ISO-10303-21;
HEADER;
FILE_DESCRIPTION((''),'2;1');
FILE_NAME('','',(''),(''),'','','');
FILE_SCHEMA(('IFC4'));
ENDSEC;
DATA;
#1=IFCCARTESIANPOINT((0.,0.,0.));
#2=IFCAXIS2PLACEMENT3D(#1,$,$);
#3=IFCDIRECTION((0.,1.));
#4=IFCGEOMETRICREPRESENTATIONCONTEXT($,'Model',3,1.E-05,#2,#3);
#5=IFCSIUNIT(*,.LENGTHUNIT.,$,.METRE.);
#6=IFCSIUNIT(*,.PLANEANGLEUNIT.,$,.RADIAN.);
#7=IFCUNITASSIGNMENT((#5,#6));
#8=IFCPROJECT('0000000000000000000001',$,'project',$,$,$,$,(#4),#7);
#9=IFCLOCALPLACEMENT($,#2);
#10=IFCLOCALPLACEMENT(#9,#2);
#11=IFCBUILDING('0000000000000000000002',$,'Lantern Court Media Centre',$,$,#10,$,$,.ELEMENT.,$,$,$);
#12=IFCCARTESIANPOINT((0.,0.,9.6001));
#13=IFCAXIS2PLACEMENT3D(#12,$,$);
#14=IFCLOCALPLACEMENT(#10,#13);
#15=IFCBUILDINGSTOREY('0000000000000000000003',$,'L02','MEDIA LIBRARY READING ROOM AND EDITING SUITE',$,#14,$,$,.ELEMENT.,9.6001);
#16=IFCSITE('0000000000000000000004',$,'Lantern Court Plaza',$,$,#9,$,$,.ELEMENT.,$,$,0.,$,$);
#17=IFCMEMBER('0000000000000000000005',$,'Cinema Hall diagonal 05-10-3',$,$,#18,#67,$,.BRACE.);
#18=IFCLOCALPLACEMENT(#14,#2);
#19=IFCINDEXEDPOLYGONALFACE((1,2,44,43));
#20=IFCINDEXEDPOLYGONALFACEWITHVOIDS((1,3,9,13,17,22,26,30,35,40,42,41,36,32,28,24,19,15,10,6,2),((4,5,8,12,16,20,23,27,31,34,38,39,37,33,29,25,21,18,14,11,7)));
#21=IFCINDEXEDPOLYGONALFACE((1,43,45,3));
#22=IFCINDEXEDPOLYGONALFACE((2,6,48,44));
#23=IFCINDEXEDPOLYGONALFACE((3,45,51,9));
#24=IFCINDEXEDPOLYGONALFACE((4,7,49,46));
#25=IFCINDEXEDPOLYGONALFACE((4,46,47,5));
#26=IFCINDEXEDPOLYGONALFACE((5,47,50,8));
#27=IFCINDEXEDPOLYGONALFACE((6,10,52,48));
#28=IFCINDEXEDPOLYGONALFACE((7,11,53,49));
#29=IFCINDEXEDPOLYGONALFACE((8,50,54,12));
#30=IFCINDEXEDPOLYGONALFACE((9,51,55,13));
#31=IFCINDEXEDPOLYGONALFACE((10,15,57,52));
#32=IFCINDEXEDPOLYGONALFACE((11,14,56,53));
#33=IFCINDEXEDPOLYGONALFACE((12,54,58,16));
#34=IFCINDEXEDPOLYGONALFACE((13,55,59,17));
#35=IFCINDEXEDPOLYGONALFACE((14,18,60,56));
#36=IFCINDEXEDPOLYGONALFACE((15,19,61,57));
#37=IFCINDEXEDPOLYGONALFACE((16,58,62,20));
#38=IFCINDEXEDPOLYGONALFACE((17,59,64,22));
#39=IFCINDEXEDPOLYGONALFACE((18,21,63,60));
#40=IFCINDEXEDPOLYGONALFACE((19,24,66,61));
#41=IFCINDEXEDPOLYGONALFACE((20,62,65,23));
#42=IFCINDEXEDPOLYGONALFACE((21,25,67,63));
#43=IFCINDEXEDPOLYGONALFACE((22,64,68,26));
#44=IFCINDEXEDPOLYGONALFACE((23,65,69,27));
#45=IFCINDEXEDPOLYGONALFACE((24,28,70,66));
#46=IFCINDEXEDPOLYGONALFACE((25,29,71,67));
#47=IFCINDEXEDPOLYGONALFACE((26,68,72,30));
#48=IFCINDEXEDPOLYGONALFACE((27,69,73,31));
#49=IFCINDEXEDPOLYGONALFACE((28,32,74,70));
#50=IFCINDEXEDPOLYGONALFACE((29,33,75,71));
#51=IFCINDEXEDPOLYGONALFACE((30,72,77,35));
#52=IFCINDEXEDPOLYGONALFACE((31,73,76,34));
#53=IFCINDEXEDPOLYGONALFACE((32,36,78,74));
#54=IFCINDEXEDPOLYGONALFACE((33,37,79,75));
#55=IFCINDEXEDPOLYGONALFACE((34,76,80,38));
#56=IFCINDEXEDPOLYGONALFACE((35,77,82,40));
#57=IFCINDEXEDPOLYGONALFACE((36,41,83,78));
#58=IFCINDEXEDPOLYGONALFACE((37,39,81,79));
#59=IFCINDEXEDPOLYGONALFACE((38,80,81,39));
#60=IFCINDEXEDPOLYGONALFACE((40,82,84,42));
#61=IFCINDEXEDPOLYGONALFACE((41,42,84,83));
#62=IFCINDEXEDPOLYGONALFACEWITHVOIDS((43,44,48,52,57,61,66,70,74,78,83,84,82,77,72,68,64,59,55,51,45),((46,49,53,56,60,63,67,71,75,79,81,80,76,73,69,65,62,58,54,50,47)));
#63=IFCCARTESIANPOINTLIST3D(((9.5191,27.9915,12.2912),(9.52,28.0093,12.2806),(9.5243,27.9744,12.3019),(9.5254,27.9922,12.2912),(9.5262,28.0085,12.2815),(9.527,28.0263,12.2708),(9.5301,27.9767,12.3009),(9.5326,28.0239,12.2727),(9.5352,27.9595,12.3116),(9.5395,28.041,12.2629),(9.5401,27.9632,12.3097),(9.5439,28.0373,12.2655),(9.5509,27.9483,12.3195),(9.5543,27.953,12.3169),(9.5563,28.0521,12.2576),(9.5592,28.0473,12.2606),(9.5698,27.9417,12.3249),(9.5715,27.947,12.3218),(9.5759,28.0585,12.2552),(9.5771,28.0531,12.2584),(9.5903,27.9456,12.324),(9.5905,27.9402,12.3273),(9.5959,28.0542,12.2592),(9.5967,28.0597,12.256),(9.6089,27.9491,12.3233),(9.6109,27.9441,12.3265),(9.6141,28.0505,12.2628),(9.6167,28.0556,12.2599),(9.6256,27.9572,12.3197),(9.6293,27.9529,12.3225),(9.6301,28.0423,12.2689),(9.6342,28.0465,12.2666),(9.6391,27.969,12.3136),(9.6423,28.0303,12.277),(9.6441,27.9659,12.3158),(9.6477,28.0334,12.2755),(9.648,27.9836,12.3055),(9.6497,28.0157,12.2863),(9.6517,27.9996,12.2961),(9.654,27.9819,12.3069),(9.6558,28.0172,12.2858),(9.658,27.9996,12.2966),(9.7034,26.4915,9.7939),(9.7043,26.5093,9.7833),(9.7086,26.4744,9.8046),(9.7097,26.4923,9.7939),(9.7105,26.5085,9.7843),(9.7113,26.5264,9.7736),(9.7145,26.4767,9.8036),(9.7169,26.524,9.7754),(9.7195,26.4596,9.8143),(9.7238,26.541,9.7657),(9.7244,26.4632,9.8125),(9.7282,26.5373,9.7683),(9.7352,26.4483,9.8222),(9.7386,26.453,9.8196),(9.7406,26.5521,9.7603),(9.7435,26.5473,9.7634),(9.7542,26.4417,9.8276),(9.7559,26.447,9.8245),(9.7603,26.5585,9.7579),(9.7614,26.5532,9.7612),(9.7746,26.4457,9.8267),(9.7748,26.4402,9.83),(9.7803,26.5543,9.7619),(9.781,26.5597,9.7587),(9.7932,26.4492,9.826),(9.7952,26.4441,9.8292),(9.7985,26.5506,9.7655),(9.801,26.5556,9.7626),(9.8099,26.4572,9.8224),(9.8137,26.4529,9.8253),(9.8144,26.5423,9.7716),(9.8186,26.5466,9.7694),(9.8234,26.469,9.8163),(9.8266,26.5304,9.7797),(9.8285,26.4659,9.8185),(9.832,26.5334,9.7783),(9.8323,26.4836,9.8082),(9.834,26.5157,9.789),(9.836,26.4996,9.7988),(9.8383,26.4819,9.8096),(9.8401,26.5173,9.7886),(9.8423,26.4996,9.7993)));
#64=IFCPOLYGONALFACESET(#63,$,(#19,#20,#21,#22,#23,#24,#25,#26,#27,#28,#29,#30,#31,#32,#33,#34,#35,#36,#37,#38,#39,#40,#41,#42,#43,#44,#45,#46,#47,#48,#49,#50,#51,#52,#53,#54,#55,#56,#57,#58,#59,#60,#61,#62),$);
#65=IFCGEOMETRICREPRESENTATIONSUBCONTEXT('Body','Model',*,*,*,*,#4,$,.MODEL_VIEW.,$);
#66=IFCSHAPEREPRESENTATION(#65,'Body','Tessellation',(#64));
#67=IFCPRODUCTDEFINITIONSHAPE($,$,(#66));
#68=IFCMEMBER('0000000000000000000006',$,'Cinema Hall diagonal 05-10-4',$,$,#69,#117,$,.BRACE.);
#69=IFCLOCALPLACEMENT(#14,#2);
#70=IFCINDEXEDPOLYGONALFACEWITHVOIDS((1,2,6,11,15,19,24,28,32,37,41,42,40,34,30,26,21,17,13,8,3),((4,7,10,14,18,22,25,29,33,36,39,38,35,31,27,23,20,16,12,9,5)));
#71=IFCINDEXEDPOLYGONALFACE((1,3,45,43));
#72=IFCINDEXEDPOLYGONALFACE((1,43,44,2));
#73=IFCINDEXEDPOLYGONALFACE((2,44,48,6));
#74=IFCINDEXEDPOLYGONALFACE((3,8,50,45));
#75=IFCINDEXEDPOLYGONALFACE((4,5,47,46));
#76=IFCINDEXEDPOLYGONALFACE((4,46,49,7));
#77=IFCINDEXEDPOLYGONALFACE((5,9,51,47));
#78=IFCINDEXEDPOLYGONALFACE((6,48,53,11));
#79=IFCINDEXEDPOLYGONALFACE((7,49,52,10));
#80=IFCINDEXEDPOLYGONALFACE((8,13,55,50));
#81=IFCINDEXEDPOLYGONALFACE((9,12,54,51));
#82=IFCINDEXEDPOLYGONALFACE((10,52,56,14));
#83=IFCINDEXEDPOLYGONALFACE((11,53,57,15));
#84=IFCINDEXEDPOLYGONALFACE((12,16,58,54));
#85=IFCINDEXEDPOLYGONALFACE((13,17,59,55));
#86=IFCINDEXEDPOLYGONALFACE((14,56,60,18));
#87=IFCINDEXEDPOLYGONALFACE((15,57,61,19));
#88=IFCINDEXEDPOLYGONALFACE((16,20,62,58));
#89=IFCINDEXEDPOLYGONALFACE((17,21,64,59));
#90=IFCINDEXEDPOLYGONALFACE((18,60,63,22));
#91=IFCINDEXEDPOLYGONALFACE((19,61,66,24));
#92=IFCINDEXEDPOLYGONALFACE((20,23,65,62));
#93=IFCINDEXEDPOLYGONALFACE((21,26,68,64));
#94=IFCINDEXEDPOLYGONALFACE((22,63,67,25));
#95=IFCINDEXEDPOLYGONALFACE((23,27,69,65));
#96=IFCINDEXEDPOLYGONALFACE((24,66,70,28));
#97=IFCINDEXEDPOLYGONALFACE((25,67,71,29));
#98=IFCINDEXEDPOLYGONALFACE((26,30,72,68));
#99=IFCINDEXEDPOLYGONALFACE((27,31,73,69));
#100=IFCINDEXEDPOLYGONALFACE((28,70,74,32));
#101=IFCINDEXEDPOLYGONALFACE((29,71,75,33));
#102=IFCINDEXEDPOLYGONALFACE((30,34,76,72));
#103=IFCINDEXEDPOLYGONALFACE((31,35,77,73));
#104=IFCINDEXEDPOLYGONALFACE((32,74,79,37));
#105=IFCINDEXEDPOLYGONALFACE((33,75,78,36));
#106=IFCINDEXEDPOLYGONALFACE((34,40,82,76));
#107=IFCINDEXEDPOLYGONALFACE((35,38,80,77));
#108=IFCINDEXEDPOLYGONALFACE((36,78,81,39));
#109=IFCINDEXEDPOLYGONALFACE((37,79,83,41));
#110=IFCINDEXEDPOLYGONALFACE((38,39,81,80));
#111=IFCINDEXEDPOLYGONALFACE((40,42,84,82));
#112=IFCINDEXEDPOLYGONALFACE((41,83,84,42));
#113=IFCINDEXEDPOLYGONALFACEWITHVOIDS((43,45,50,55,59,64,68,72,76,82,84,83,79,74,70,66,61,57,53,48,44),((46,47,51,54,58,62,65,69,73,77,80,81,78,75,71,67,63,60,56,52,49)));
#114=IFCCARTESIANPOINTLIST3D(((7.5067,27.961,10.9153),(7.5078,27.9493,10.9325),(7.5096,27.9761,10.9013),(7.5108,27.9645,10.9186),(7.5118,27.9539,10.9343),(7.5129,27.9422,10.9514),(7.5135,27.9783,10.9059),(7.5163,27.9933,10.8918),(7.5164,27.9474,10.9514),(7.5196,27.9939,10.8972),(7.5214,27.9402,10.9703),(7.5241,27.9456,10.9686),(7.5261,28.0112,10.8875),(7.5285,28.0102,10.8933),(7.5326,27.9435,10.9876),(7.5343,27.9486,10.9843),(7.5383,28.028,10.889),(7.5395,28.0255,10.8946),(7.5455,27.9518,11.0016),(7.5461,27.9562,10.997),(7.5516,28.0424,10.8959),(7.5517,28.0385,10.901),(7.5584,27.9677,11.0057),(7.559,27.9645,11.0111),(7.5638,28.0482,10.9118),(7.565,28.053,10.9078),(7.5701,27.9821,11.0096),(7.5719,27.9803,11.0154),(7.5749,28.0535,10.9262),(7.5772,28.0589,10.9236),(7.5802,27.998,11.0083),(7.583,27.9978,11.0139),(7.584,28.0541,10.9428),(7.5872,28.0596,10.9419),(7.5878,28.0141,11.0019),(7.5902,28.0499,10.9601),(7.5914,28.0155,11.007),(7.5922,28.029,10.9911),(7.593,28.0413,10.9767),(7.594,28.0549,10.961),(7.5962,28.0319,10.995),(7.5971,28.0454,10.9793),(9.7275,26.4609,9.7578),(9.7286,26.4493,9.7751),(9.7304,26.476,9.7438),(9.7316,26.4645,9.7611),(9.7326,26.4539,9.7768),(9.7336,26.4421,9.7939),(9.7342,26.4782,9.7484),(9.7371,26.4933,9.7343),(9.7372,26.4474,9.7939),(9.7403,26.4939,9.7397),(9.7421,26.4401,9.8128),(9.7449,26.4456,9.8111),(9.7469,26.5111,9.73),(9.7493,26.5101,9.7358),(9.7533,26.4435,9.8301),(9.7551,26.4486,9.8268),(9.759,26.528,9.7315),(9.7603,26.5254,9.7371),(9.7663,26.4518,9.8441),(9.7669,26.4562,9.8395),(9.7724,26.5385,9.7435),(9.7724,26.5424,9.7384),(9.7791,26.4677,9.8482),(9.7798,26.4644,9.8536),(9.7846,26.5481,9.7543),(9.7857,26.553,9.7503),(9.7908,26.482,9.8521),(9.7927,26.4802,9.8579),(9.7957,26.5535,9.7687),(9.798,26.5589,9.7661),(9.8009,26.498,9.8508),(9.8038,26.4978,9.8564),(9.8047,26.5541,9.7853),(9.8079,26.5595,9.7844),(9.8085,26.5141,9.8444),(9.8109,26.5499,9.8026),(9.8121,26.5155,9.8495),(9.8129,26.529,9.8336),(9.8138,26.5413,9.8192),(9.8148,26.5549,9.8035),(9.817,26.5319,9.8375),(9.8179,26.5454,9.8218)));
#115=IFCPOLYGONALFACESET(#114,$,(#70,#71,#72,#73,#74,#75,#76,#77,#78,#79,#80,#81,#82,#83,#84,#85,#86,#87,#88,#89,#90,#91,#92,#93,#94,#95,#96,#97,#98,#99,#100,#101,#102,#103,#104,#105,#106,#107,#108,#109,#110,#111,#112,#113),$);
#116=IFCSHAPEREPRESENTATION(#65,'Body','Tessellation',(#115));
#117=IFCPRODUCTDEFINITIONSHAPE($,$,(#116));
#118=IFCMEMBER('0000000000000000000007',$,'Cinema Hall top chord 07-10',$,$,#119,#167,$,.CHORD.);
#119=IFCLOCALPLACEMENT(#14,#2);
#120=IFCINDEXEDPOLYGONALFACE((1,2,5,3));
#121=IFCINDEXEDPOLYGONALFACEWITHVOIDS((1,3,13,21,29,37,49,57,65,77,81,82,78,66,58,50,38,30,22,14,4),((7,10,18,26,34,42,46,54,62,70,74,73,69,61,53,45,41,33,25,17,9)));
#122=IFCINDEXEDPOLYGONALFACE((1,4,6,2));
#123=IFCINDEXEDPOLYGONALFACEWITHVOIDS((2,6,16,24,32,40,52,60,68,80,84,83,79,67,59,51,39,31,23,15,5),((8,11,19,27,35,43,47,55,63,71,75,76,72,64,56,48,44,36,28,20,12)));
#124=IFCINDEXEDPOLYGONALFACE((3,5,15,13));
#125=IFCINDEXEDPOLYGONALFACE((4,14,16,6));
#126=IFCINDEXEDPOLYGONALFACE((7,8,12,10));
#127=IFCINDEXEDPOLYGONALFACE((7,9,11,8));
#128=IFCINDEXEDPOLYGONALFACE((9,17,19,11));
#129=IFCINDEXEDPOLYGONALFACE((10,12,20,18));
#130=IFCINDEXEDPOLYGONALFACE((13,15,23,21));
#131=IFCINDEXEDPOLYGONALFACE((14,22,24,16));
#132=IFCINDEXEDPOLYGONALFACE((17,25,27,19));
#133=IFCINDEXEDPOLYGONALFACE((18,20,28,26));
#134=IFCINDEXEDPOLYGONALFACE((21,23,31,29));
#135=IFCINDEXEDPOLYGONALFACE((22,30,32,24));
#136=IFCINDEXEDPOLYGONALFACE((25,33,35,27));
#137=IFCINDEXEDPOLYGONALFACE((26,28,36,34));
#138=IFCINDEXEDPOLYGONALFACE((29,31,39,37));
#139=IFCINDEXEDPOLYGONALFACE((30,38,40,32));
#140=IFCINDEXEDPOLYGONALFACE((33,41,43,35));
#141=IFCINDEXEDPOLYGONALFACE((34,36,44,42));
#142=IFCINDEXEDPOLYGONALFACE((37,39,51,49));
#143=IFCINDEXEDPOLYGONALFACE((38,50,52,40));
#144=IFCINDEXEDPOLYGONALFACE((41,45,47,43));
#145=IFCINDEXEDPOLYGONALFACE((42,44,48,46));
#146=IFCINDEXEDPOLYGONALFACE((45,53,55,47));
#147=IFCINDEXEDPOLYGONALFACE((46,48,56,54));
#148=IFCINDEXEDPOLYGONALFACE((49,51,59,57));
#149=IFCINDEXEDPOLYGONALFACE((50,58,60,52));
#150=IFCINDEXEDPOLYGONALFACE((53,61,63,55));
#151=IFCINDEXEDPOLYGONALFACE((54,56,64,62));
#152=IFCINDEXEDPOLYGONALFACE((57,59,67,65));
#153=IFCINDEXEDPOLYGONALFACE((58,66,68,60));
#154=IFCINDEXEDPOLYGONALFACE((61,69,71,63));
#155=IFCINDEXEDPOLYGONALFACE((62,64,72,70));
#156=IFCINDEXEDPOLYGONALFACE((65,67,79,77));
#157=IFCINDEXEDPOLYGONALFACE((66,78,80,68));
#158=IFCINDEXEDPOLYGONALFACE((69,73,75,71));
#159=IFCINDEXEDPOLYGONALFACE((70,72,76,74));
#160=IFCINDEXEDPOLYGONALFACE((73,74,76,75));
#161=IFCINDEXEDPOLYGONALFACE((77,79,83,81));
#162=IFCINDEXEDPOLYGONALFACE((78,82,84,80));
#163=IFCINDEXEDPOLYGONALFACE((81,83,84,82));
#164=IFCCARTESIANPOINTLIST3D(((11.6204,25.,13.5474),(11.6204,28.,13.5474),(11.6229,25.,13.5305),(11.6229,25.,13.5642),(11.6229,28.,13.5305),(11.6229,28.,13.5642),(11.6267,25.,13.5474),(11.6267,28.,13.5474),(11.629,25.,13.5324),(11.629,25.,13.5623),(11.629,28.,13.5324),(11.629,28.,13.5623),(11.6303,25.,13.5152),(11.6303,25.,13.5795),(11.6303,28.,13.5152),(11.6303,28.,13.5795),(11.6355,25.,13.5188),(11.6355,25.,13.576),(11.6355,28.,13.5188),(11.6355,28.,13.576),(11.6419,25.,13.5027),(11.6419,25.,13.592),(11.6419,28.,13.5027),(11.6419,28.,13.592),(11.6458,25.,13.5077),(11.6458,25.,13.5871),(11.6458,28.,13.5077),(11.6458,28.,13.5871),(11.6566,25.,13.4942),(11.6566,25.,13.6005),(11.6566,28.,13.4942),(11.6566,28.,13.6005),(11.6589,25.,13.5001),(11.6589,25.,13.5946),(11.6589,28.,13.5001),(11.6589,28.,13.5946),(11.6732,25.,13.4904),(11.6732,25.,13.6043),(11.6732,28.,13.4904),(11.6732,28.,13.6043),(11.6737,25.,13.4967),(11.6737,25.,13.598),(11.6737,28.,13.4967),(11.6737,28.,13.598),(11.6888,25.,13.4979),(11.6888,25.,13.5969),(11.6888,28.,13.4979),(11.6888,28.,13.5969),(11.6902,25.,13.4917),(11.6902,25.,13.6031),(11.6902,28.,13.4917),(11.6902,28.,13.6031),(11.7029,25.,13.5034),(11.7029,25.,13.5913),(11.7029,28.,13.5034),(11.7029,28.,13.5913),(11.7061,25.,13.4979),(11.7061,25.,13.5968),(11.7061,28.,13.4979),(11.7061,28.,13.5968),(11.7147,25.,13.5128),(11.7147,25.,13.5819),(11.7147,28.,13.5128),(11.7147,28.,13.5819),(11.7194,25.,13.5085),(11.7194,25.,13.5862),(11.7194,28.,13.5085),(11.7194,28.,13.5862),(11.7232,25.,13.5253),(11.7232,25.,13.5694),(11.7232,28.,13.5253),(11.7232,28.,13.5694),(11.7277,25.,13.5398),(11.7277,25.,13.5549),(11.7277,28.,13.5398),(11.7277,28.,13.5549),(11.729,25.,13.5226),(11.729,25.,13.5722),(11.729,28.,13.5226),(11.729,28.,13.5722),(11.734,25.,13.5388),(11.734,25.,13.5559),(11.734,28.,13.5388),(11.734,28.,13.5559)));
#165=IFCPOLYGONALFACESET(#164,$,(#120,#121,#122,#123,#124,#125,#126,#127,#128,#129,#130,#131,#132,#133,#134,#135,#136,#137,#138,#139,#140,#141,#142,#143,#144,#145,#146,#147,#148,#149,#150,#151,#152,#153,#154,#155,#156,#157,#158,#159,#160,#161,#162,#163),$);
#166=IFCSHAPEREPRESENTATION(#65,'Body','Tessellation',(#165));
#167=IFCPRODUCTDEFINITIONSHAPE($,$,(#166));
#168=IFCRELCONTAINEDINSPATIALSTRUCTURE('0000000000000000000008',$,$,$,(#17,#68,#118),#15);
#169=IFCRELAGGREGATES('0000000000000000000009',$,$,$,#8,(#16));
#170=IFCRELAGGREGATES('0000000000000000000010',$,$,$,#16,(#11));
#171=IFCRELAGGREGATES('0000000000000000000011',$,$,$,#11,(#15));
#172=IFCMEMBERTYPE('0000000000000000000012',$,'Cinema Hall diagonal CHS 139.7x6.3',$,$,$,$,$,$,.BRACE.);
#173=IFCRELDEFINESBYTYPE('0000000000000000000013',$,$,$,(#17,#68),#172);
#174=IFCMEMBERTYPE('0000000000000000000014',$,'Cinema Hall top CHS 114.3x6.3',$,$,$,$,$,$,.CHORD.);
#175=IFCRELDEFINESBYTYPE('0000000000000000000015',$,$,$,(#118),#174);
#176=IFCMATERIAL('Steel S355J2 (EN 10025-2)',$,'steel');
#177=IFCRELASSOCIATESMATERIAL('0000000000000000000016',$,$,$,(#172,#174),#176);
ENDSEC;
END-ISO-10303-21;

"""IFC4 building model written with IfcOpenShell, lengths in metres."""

from ifc_helpers import new_model, si_unit, direction, frame, origin, origin_2d, place, context, subcontext, project, spatial, hollow_circle, extrude, material, material_profile, profile_set, type_object, element, save


model = new_model("IFC4")

# Units and contexts
model_context = context("Model", 3, precision=1e-05, world=origin(), true_north=direction((0.0, 1.0)))
body_context = subcontext(model_context, "Body", "Model", "MODEL_VIEW")
ifc_project = project(units=[si_unit("LENGTHUNIT", "METRE"), si_unit("PLANEANGLEUNIT", "RADIAN")], contexts=[model_context])

# Site, building, storey
site_placement = place(None, origin())
site = spatial("IfcSite", under=ifc_project, at=site_placement, Name="Lantern Court Plaza", CompositionType="ELEMENT", RefElevation=0.0)
building_placement = place(site_placement, origin())
building = spatial("IfcBuilding", under=site, at=building_placement, Name="Lantern Court Media Centre", CompositionType="ELEMENT")
storey_placement = place(building_placement, frame((0.0, 0.0, 9.6001)))
storey = spatial("IfcBuildingStorey", under=building, at=storey_placement, Name="L02", Description="MEDIA LIBRARY READING ROOM AND EDITING SUITE", CompositionType="ELEMENT", Elevation=9.6001)

# Members
ifc_material = material(Name="Steel S355J2 (EN 10025-2)", Category="steel")
ifc_material_profile_1 = material_profile(ifc_material, hollow_circle(Radius=0.0698, WallThickness=0.0063, at=origin_2d()), Name="Cinema Hall diagonal CHS 139.7x6.3")
ifc_profile_set_1 = profile_set([ifc_material_profile_1], Name="Steel S355J2 (EN 10025-2)")
member_type_1 = type_object("IfcMemberType", Name="Cinema Hall diagonal CHS 139.7x6.3", PredefinedType="BRACE", material=ifc_profile_set_1)
for number, where, z_axis, x_axis, name in (
    (1, (9.7727, 26.5, 9.7939), (-0.063147, 0.513875, 0.855538), (-0.992534, -0.121967, 0.0), "Cinema Hall diagonal 05-10-3"),
):
    element("IfcMember", number, at=place(storey_placement, frame(where, z_axis=z_axis, x_axis=x_axis)), inside=storey, type_object=member_type_1, Name=name, PredefinedType="BRACE", context=body_context, shape_type="SweptSolid", body=[
        extrude(hollow_circle(Radius=0.0698, WallThickness=0.0063, at=origin_2d()), origin(), (0.0, 0.0, 1.0), 2.9189),
    ])
member_1_placement = place(storey_placement, frame((9.7727, 26.5, 9.7939), z_axis=(-0.760744, 0.513854, 0.396514), x_axis=(-0.559736, -0.828671, 0.0)))
element("IfcMember", 2, at=member_1_placement, inside=storey, type_object=member_type_1, Name="Cinema Hall diagonal 05-10-4", PredefinedType="BRACE", context=body_context, shape_type="SweptSolid", body=[
    extrude(hollow_circle(Radius=0.0698, WallThickness=0.0063, at=origin_2d()), origin(), (0.0, 0.0, 1.0), 2.9192),
])
ifc_material_profile_2 = material_profile(ifc_material, hollow_circle(Radius=0.0571, WallThickness=0.0063, at=origin_2d()), Name="Cinema Hall top CHS 114.3x6.3")
ifc_profile_set_2 = profile_set([ifc_material_profile_2], Name="Steel S355J2 (EN 10025-2)")
member_type_2 = type_object("IfcMemberType", Name="Cinema Hall top CHS 114.3x6.3", PredefinedType="CHORD", material=ifc_profile_set_2)
member_2_placement = place(storey_placement, frame((11.6775, 25.0, 13.5474), z_axis=(0.0, 1.0, 0.0), x_axis=(-1.0, 0.0, 0.0)))
element("IfcMember", 3, at=member_2_placement, inside=storey, type_object=member_type_2, Name="Cinema Hall top chord 07-10", PredefinedType="CHORD", context=body_context, shape_type="SweptSolid", body=[
    extrude(hollow_circle(Radius=0.0571, WallThickness=0.0063, at=origin_2d()), origin(), (0.0, 0.0, 1.0), 3.0),
])

save(model, "model.ifc")
